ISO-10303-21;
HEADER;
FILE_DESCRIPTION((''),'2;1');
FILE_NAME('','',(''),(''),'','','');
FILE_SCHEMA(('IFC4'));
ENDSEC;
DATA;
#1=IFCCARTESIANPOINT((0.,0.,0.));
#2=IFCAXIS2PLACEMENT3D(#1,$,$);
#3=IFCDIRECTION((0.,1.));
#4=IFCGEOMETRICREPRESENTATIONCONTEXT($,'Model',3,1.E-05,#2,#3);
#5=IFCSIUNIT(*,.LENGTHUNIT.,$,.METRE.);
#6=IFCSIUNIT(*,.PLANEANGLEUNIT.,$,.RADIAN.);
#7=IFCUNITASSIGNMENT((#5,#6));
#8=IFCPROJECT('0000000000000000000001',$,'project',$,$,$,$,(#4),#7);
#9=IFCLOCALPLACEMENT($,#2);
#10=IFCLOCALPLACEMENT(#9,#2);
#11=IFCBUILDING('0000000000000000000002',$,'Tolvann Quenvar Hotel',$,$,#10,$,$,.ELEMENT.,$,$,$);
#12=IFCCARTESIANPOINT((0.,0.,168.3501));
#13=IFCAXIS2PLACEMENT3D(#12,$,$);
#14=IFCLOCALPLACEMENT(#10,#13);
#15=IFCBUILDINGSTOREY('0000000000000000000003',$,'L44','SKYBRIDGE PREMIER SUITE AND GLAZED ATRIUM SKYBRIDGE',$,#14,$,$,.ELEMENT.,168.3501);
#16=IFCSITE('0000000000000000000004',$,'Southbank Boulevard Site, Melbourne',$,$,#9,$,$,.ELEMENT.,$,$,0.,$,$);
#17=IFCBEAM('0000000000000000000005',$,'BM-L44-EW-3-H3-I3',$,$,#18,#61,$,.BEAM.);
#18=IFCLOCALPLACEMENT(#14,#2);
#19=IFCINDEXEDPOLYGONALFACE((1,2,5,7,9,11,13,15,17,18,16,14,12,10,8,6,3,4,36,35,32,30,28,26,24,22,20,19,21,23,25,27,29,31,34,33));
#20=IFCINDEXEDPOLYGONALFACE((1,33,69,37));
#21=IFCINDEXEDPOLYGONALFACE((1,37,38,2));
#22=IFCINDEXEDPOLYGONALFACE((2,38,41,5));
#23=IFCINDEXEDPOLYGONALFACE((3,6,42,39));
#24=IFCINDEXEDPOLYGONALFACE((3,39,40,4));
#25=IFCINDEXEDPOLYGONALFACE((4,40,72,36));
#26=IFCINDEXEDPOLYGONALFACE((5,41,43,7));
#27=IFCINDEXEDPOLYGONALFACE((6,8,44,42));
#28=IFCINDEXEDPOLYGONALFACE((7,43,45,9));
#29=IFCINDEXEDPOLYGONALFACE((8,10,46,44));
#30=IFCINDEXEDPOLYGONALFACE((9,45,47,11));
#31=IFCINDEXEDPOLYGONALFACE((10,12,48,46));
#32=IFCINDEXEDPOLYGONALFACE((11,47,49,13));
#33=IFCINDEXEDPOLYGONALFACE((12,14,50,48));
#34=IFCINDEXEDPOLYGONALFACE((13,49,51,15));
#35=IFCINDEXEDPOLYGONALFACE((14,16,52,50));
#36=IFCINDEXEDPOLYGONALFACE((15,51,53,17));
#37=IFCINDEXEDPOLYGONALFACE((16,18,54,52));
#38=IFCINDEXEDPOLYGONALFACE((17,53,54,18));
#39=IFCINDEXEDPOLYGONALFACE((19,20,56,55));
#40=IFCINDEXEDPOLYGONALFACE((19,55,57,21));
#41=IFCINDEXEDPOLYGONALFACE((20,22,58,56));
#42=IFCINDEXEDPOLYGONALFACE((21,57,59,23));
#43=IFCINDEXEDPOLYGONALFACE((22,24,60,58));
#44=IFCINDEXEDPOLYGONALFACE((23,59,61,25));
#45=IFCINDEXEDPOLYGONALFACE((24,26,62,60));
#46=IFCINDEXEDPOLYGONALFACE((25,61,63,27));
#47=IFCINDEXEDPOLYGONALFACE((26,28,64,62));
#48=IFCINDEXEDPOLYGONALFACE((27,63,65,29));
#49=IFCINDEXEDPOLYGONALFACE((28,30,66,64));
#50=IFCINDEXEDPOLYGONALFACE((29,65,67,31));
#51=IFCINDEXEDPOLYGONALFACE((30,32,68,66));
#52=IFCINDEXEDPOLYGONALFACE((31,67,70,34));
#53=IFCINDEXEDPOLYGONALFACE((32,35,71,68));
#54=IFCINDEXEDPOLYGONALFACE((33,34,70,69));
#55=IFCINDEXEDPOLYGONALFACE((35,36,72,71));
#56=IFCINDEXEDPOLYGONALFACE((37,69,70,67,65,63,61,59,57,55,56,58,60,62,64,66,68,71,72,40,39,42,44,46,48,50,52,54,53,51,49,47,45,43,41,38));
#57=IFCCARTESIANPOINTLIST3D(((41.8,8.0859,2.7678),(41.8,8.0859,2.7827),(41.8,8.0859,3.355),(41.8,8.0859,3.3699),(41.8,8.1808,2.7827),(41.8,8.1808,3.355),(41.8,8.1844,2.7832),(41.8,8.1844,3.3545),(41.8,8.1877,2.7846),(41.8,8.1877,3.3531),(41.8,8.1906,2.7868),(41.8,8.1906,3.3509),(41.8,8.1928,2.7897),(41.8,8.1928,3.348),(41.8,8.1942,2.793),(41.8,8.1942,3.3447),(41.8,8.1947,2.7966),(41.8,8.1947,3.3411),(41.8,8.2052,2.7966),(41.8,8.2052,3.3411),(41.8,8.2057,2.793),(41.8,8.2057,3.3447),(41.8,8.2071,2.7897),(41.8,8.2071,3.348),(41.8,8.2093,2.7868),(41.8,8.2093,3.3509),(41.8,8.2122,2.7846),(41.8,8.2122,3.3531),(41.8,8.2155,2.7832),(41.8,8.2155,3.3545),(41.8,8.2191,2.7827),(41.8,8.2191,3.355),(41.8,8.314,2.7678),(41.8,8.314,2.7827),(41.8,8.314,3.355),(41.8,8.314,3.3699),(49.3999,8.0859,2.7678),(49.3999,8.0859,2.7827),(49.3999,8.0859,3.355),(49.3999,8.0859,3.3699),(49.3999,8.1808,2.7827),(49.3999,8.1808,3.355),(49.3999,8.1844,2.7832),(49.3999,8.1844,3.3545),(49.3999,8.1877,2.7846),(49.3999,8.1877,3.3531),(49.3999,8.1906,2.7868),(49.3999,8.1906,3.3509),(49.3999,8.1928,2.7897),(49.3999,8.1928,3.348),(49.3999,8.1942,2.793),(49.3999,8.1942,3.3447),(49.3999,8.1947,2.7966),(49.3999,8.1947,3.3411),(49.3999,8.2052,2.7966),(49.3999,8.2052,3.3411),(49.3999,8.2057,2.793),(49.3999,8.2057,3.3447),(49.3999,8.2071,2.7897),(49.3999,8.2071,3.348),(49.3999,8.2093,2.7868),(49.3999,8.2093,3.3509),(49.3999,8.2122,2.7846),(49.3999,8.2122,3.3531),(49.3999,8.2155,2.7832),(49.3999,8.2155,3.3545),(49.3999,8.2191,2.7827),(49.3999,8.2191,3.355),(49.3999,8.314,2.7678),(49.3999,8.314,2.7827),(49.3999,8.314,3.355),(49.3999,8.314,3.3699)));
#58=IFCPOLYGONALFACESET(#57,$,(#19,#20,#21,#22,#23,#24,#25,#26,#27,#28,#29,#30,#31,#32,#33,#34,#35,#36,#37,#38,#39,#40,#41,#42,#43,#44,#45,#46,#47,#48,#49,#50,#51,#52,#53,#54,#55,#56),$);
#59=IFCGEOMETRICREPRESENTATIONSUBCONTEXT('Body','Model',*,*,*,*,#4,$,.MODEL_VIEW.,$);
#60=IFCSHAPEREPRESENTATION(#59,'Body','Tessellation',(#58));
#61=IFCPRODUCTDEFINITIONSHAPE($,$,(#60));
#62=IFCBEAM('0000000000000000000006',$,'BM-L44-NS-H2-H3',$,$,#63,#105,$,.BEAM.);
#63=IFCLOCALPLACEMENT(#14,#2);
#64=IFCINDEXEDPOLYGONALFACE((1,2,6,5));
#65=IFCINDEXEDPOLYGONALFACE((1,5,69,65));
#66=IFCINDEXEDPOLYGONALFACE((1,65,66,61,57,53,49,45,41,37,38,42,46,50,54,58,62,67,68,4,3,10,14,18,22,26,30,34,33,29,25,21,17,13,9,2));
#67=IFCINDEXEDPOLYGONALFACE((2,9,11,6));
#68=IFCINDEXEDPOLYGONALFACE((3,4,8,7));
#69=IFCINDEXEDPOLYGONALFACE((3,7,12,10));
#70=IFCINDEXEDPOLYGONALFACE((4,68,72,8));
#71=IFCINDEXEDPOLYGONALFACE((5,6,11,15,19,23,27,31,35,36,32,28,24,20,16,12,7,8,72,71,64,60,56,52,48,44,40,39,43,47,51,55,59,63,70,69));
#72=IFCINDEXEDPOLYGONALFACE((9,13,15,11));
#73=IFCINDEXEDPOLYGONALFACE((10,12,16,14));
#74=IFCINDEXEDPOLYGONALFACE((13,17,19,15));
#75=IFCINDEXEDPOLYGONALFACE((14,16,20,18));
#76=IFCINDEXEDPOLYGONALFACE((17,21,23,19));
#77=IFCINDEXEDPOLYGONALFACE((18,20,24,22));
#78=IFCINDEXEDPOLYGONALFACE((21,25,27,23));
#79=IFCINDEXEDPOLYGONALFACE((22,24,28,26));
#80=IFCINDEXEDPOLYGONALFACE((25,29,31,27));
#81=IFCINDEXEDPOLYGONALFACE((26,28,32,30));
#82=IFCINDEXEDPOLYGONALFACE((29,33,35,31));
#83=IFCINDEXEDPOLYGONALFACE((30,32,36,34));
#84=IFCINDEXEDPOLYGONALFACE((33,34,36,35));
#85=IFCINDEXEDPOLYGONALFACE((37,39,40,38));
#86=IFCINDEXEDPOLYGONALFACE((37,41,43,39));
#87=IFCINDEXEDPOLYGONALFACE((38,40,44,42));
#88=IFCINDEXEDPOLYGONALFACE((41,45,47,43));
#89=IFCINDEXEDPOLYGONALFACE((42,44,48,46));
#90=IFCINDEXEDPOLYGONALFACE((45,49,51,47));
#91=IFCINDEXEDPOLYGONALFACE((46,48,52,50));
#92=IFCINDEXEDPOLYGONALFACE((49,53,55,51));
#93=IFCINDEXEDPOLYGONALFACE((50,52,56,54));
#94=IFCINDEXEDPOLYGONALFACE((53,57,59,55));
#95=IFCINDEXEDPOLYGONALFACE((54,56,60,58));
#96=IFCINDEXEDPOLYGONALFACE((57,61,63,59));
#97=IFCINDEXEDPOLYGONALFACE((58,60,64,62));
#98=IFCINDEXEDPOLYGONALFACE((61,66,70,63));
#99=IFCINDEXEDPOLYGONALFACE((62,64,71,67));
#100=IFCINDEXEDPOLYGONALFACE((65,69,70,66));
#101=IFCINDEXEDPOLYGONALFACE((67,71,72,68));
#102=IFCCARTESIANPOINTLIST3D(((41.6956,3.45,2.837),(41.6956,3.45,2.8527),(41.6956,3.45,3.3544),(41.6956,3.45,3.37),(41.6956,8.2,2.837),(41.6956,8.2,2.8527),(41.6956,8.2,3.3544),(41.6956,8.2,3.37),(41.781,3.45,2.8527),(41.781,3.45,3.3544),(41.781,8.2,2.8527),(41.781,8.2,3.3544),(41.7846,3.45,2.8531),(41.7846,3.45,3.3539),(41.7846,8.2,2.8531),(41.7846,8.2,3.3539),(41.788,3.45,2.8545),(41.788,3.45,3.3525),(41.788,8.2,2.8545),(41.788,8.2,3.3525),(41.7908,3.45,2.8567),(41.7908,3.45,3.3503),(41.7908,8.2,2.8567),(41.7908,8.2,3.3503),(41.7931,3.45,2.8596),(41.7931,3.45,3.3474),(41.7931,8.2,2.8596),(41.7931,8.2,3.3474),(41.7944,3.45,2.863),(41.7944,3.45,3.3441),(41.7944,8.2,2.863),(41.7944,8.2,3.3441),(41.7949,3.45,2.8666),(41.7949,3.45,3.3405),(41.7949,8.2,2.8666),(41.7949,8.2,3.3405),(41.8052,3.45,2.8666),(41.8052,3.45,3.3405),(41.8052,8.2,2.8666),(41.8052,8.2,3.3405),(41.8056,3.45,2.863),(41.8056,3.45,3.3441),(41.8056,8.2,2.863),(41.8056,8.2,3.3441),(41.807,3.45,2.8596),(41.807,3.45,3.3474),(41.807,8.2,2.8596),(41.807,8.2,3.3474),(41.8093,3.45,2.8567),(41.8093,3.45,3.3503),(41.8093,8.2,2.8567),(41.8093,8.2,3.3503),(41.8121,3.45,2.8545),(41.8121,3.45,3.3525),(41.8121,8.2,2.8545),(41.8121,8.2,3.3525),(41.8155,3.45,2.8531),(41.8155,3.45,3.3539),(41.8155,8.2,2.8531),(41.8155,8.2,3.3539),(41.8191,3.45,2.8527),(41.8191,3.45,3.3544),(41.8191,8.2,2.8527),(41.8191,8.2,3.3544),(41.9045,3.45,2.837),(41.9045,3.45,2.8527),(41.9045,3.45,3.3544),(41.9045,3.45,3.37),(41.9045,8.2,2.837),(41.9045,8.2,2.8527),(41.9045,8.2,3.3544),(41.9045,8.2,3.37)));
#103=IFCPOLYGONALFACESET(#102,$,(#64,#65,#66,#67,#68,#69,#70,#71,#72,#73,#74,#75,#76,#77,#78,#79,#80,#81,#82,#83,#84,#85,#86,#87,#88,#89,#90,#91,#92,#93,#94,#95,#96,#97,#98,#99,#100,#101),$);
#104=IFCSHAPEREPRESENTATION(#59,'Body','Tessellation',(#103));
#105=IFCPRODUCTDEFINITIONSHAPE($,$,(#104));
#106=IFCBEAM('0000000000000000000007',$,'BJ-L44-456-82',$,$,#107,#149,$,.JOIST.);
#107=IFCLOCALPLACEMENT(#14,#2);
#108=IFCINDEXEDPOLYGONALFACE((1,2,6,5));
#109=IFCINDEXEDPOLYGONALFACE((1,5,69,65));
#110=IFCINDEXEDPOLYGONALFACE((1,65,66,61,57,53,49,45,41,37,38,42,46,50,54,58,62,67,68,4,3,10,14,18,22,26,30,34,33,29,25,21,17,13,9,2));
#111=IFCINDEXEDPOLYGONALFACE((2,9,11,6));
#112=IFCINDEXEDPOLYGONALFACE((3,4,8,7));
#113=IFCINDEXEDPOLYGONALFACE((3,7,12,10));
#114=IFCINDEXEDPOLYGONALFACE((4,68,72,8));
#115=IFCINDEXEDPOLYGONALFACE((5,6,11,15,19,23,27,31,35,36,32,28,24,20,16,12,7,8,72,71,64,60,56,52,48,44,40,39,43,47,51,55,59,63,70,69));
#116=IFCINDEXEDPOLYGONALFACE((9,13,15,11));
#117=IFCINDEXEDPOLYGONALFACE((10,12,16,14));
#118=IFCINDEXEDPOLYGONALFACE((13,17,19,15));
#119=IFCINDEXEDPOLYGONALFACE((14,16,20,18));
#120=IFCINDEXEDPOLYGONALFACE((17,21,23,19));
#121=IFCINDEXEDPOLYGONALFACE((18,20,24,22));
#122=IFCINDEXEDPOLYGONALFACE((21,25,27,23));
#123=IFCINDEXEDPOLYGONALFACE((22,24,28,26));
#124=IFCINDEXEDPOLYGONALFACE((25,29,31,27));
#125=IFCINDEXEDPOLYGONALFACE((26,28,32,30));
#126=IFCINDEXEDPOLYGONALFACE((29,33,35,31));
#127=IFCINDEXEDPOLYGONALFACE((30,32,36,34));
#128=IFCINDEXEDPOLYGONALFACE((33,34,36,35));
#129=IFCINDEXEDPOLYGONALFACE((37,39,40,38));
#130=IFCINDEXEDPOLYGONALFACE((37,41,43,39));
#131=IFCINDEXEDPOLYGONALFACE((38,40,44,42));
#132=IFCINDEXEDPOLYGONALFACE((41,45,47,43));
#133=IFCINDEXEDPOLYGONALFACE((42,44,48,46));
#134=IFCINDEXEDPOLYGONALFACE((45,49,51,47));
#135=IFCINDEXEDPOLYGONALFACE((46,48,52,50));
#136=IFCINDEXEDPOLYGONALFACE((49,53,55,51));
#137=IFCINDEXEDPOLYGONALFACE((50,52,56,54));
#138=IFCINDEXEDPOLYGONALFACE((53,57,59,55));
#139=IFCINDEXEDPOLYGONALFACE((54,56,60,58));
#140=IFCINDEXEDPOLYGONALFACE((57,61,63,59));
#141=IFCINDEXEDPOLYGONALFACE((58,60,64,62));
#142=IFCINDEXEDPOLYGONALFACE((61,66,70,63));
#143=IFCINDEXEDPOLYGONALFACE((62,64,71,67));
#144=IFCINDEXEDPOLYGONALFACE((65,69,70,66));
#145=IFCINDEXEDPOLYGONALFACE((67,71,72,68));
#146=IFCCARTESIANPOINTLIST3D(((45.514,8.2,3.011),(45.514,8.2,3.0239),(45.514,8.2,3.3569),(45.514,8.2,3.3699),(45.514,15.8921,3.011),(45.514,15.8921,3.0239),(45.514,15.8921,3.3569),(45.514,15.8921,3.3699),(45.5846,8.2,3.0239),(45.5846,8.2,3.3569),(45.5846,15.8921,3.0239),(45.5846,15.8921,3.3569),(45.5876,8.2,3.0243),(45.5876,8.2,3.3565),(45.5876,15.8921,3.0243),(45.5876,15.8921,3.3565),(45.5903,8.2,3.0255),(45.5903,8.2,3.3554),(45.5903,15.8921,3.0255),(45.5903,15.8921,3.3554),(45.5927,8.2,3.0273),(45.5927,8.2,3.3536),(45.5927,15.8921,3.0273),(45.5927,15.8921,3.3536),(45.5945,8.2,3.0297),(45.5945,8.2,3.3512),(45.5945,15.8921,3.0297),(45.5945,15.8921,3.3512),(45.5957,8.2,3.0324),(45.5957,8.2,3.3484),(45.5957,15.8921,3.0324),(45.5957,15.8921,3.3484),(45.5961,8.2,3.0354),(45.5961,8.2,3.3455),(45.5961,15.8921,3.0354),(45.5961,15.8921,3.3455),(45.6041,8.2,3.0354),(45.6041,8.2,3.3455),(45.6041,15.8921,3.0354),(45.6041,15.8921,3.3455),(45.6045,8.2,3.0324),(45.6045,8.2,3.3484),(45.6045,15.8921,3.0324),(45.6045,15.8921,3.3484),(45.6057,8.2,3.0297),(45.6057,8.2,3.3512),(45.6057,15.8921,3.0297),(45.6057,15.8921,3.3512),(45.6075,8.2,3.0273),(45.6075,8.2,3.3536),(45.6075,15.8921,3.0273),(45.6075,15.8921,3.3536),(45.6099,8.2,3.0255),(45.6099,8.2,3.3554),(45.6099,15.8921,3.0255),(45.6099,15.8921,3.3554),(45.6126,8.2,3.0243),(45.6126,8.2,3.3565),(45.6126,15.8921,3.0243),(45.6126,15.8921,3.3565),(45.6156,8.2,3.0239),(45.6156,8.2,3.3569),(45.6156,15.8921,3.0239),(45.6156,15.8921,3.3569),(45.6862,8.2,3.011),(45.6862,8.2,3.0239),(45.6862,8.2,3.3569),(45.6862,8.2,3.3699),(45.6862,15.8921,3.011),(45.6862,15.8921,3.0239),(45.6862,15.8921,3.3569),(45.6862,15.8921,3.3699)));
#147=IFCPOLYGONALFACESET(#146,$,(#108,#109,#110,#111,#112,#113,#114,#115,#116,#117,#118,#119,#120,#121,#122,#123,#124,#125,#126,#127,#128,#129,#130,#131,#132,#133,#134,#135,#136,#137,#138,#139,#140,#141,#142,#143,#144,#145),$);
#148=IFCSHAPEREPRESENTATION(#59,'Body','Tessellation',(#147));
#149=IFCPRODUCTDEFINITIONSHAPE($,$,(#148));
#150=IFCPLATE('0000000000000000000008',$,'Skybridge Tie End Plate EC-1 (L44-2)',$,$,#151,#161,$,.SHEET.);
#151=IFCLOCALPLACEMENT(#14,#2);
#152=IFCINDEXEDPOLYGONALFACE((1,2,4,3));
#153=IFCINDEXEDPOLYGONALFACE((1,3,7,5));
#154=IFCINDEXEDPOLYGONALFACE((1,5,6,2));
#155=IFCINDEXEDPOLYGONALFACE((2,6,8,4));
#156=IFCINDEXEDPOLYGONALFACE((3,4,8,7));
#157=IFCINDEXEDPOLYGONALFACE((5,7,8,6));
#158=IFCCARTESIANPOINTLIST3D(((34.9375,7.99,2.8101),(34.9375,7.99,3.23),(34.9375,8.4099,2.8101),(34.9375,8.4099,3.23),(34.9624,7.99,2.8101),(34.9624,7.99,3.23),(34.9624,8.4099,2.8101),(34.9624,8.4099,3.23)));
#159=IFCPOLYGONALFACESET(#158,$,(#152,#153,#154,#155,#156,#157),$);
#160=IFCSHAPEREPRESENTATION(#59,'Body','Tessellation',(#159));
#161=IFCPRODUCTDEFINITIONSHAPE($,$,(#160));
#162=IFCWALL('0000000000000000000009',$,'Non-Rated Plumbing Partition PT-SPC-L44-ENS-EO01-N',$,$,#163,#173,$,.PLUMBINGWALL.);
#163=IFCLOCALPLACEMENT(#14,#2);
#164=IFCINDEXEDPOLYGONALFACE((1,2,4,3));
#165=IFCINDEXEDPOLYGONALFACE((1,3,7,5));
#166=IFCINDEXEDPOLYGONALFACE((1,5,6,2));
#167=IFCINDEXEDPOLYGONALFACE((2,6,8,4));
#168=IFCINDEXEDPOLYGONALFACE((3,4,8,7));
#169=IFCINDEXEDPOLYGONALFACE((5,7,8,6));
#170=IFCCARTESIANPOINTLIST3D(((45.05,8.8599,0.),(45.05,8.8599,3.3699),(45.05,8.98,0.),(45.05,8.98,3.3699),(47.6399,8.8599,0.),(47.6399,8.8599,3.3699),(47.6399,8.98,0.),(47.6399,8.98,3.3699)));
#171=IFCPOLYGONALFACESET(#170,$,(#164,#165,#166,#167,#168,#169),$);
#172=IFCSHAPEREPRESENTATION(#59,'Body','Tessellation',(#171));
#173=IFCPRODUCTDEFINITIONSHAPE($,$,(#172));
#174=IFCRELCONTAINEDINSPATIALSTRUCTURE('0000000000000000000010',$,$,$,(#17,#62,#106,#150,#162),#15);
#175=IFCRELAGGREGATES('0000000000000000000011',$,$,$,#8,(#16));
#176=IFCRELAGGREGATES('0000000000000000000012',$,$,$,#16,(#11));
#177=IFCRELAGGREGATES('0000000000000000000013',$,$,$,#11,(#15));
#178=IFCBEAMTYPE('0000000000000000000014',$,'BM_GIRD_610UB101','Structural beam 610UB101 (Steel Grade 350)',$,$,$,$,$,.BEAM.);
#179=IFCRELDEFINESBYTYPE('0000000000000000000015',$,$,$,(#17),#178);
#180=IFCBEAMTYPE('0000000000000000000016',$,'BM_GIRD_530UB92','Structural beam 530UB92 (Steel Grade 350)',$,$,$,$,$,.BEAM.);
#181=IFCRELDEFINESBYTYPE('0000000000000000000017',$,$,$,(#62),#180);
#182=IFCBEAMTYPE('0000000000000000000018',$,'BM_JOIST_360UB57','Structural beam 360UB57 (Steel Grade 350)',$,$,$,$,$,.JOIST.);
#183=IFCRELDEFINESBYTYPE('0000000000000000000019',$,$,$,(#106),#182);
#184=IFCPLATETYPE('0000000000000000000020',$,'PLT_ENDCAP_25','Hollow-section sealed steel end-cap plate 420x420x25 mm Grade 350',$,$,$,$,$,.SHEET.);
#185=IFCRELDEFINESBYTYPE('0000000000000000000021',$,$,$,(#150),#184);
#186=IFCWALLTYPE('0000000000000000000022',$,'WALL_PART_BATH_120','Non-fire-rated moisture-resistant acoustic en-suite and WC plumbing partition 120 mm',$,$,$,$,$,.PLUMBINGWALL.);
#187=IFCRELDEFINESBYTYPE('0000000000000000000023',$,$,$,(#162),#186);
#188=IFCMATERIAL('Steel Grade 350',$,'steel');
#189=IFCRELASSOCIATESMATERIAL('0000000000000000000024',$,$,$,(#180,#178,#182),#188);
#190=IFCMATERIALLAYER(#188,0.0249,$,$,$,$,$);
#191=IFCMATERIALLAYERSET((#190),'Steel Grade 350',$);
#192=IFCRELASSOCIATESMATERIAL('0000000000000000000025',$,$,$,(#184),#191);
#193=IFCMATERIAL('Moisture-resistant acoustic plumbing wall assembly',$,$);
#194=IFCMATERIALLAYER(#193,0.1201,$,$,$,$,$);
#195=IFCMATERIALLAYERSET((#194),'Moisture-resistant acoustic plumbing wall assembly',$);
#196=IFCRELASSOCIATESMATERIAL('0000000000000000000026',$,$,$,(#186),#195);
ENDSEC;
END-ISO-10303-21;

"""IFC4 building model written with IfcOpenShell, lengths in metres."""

from ifc_helpers import new_model, si_unit, direction, frame, frame_2d, origin, origin_2d, place, context, subcontext, project, spatial, rectangle, i_section, extrude, source, transform, mapped, material, layer, layer_set, material_profile, profile_set, type_object, type_shapes, element, save


model = new_model("IFC4")

# Units and contexts
model_context = context("Model", 3, precision=1e-05, world=origin(), true_north=direction((0.0, 1.0)))
body_context = subcontext(model_context, "Body", "Model", "MODEL_VIEW")
ifc_project = project(units=[si_unit("LENGTHUNIT", "METRE"), si_unit("PLANEANGLEUNIT", "RADIAN")], contexts=[model_context])

# Site, building, storey
site_placement = place(None, origin())
site = spatial("IfcSite", under=ifc_project, at=site_placement, Name="Southbank Boulevard Site, Melbourne", CompositionType="ELEMENT", RefElevation=0.0)
building_placement = place(site_placement, origin())
building = spatial("IfcBuilding", under=site, at=building_placement, Name="Tolvann Quenvar Hotel", CompositionType="ELEMENT")
storey_placement = place(building_placement, frame((0.0, 0.0, 168.3501)))
storey = spatial("IfcBuildingStorey", under=building, at=storey_placement, Name="L44", Description="SKYBRIDGE PREMIER SUITE AND GLAZED ATRIUM SKYBRIDGE", CompositionType="ELEMENT", Elevation=168.3501)

# Shared definitions
ifc_material_1 = material(Name="Steel Grade 350", Category="steel")

# Beams
ifc_material_profile_1 = material_profile(ifc_material_1, i_section(OverallWidth=0.209, OverallDepth=0.533, WebThickness=0.0103, FlangeThickness=0.0156, FilletRadius=0.0139, at=origin_2d()), Name="530UB92")
ifc_profile_set_1 = profile_set([ifc_material_profile_1], Name="Steel Grade 350")
beam_type_1 = type_object("IfcBeamType", Name="BM_GIRD_530UB92", Description="Structural beam 530UB92 (Steel Grade 350)", PredefinedType="BEAM", material=ifc_profile_set_1)
ifc_material_profile_2 = material_profile(ifc_material_1, i_section(OverallWidth=0.228, OverallDepth=0.6021, WebThickness=0.0105, FlangeThickness=0.0149, FilletRadius=0.0139, at=origin_2d()), Name="610UB101")
ifc_profile_set_2 = profile_set([ifc_material_profile_2], Name="Steel Grade 350")
beam_type_2 = type_object("IfcBeamType", Name="BM_GIRD_610UB101", Description="Structural beam 610UB101 (Steel Grade 350)", PredefinedType="BEAM", material=ifc_profile_set_2)
shared_shape_1 = source(origin(), body_context, "Body", "SweptSolid", [
    extrude(i_section(OverallWidth=0.228, OverallDepth=0.6021, WebThickness=0.0105, FlangeThickness=0.0149, FilletRadius=0.0139, at=origin_2d()), origin(), (0.0, 0.0, 1.0), 7.5999),
])
type_shapes(beam_type_2, [shared_shape_1])
beam_1_placement = place(storey_placement, frame((41.8, 8.2, 3.0688), z_axis=(1.0, 0.0, 0.0), x_axis=(0.0, 1.0, 0.0)))
element("IfcBeam", 1, at=beam_1_placement, inside=storey, type_object=beam_type_2, Name="BM-L44-EW-3-H3-I3", PredefinedType="BEAM", context=body_context, shape_type="MappedRepresentation", body=[
    mapped(shared_shape_1, transform((0.0, 0.0, 0.0), x_axis=(1.0, 0.0, 0.0), y_axis=(0.0, 1.0, 0.0), z_axis=(0.0, 0.0, 1.0), scale=1.0)),
])
shared_shape_2 = source(origin(), body_context, "Body", "SweptSolid", [
    extrude(i_section(OverallWidth=0.209, OverallDepth=0.533, WebThickness=0.0103, FlangeThickness=0.0156, FilletRadius=0.0139, at=origin_2d()), origin(), (0.0, 0.0, 1.0), 4.75),
])
beam_2_placement = place(storey_placement, frame((41.8, 3.45, 3.1035), z_axis=(0.0, 1.0, 0.0), x_axis=(-1.0, 0.0, 0.0)))
element("IfcBeam", 2, at=beam_2_placement, inside=storey, type_object=beam_type_1, Name="BM-L44-NS-H2-H3", PredefinedType="BEAM", context=body_context, shape_type="MappedRepresentation", body=[
    mapped(shared_shape_2, transform((0.0, 0.0, 0.0), x_axis=(1.0, 0.0, 0.0), y_axis=(0.0, 1.0, 0.0), z_axis=(0.0, 0.0, 1.0), scale=1.0)),
])
ifc_material_profile_3 = material_profile(ifc_material_1, i_section(OverallWidth=0.1721, OverallDepth=0.3589, WebThickness=0.0081, FlangeThickness=0.0129, FilletRadius=0.0115, at=origin_2d()), Name="360UB57")
ifc_profile_set_3 = profile_set([ifc_material_profile_3], Name="Steel Grade 350")
beam_type_3 = type_object("IfcBeamType", Name="BM_JOIST_360UB57", Description="Structural beam 360UB57 (Steel Grade 350)", PredefinedType="JOIST", material=ifc_profile_set_3)
shared_shape_3 = source(origin(), body_context, "Body", "SweptSolid", [
    extrude(i_section(OverallWidth=0.1721, OverallDepth=0.3589, WebThickness=0.0081, FlangeThickness=0.0129, FilletRadius=0.0115, at=origin_2d()), origin(), (0.0, 0.0, 1.0), 7.6921),
])
type_shapes(beam_type_3, [shared_shape_3])
beam_3_placement = place(storey_placement, frame((45.6001, 8.2, 3.1904), z_axis=(0.0, 1.0, 0.0), x_axis=(-1.0, 0.0, 0.0)))
element("IfcBeam", 3, at=beam_3_placement, inside=storey, type_object=beam_type_3, Name="BJ-L44-456-82", PredefinedType="JOIST", context=body_context, shape_type="MappedRepresentation", body=[
    mapped(shared_shape_3, transform((0.0, 0.0, 0.0), x_axis=(1.0, 0.0, 0.0), y_axis=(0.0, 1.0, 0.0), z_axis=(0.0, 0.0, 1.0), scale=1.0)),
])

# Plate
ifc_layer_1 = layer(ifc_material_1, 0.0249)
ifc_layer_set_1 = layer_set([ifc_layer_1], Name="Steel Grade 350")
plate_type = type_object("IfcPlateType", Name="PLT_ENDCAP_25", Description="Hollow-section sealed steel end-cap plate 420x420x25 mm Grade 350", PredefinedType="SHEET", material=ifc_layer_set_1)
shared_shape_4 = source(origin(), body_context, "Body", "SweptSolid", [
    extrude(rectangle(XDim=0.0249, YDim=0.4199, at=origin_2d()), origin(), (0.0, 0.0, 1.0), 0.4199),
])
type_shapes(plate_type, [shared_shape_4])
plate_placement = place(storey_placement, frame((34.95, 8.2, 2.8101), z_axis=(0.0, 0.0, 1.0), x_axis=(1.0, 0.0, 0.0)))
element("IfcPlate", 4, at=plate_placement, inside=storey, type_object=plate_type, Name="Skybridge Tie End Plate EC-1 (L44-2)", PredefinedType="SHEET", context=body_context, shape_type="MappedRepresentation", body=[
    mapped(shared_shape_4, transform((0.0, 0.0, 0.0), x_axis=(1.0, 0.0, 0.0), y_axis=(0.0, 1.0, 0.0), z_axis=(0.0, 0.0, 1.0), scale=1.0)),
])

# Wall
ifc_material_2 = material(Name="Moisture-resistant acoustic plumbing wall assembly")
ifc_layer_2 = layer(ifc_material_2, 0.1201)
ifc_layer_set_2 = layer_set([ifc_layer_2], Name="Moisture-resistant acoustic plumbing wall assembly")
wall_type_1 = type_object("IfcWallType", Name="WALL_PART_BATH_120", Description="Non-fire-rated moisture-resistant acoustic en-suite and WC plumbing partition 120 mm", PredefinedType="PLUMBINGWALL", material=ifc_layer_set_2)
wall_1_placement = place(storey_placement, frame((45.05, 8.9199, 0.0), z_axis=(0.0, 0.0, 1.0), x_axis=(1.0, 0.0, 0.0)))
element("IfcWall", 5, at=wall_1_placement, inside=storey, type_object=wall_type_1, Name="Non-Rated Plumbing Partition PT-SPC-L44-ENS-EO01-N", PredefinedType="PLUMBINGWALL", context=body_context, shape_type="SweptSolid", body=[
    extrude(rectangle(XDim=2.5898, YDim=0.1201, at=frame_2d((1.2949, 0.0))), origin(), (0.0, 0.0, 1.0), 3.3699),
])

save(model, "model.ifc")
